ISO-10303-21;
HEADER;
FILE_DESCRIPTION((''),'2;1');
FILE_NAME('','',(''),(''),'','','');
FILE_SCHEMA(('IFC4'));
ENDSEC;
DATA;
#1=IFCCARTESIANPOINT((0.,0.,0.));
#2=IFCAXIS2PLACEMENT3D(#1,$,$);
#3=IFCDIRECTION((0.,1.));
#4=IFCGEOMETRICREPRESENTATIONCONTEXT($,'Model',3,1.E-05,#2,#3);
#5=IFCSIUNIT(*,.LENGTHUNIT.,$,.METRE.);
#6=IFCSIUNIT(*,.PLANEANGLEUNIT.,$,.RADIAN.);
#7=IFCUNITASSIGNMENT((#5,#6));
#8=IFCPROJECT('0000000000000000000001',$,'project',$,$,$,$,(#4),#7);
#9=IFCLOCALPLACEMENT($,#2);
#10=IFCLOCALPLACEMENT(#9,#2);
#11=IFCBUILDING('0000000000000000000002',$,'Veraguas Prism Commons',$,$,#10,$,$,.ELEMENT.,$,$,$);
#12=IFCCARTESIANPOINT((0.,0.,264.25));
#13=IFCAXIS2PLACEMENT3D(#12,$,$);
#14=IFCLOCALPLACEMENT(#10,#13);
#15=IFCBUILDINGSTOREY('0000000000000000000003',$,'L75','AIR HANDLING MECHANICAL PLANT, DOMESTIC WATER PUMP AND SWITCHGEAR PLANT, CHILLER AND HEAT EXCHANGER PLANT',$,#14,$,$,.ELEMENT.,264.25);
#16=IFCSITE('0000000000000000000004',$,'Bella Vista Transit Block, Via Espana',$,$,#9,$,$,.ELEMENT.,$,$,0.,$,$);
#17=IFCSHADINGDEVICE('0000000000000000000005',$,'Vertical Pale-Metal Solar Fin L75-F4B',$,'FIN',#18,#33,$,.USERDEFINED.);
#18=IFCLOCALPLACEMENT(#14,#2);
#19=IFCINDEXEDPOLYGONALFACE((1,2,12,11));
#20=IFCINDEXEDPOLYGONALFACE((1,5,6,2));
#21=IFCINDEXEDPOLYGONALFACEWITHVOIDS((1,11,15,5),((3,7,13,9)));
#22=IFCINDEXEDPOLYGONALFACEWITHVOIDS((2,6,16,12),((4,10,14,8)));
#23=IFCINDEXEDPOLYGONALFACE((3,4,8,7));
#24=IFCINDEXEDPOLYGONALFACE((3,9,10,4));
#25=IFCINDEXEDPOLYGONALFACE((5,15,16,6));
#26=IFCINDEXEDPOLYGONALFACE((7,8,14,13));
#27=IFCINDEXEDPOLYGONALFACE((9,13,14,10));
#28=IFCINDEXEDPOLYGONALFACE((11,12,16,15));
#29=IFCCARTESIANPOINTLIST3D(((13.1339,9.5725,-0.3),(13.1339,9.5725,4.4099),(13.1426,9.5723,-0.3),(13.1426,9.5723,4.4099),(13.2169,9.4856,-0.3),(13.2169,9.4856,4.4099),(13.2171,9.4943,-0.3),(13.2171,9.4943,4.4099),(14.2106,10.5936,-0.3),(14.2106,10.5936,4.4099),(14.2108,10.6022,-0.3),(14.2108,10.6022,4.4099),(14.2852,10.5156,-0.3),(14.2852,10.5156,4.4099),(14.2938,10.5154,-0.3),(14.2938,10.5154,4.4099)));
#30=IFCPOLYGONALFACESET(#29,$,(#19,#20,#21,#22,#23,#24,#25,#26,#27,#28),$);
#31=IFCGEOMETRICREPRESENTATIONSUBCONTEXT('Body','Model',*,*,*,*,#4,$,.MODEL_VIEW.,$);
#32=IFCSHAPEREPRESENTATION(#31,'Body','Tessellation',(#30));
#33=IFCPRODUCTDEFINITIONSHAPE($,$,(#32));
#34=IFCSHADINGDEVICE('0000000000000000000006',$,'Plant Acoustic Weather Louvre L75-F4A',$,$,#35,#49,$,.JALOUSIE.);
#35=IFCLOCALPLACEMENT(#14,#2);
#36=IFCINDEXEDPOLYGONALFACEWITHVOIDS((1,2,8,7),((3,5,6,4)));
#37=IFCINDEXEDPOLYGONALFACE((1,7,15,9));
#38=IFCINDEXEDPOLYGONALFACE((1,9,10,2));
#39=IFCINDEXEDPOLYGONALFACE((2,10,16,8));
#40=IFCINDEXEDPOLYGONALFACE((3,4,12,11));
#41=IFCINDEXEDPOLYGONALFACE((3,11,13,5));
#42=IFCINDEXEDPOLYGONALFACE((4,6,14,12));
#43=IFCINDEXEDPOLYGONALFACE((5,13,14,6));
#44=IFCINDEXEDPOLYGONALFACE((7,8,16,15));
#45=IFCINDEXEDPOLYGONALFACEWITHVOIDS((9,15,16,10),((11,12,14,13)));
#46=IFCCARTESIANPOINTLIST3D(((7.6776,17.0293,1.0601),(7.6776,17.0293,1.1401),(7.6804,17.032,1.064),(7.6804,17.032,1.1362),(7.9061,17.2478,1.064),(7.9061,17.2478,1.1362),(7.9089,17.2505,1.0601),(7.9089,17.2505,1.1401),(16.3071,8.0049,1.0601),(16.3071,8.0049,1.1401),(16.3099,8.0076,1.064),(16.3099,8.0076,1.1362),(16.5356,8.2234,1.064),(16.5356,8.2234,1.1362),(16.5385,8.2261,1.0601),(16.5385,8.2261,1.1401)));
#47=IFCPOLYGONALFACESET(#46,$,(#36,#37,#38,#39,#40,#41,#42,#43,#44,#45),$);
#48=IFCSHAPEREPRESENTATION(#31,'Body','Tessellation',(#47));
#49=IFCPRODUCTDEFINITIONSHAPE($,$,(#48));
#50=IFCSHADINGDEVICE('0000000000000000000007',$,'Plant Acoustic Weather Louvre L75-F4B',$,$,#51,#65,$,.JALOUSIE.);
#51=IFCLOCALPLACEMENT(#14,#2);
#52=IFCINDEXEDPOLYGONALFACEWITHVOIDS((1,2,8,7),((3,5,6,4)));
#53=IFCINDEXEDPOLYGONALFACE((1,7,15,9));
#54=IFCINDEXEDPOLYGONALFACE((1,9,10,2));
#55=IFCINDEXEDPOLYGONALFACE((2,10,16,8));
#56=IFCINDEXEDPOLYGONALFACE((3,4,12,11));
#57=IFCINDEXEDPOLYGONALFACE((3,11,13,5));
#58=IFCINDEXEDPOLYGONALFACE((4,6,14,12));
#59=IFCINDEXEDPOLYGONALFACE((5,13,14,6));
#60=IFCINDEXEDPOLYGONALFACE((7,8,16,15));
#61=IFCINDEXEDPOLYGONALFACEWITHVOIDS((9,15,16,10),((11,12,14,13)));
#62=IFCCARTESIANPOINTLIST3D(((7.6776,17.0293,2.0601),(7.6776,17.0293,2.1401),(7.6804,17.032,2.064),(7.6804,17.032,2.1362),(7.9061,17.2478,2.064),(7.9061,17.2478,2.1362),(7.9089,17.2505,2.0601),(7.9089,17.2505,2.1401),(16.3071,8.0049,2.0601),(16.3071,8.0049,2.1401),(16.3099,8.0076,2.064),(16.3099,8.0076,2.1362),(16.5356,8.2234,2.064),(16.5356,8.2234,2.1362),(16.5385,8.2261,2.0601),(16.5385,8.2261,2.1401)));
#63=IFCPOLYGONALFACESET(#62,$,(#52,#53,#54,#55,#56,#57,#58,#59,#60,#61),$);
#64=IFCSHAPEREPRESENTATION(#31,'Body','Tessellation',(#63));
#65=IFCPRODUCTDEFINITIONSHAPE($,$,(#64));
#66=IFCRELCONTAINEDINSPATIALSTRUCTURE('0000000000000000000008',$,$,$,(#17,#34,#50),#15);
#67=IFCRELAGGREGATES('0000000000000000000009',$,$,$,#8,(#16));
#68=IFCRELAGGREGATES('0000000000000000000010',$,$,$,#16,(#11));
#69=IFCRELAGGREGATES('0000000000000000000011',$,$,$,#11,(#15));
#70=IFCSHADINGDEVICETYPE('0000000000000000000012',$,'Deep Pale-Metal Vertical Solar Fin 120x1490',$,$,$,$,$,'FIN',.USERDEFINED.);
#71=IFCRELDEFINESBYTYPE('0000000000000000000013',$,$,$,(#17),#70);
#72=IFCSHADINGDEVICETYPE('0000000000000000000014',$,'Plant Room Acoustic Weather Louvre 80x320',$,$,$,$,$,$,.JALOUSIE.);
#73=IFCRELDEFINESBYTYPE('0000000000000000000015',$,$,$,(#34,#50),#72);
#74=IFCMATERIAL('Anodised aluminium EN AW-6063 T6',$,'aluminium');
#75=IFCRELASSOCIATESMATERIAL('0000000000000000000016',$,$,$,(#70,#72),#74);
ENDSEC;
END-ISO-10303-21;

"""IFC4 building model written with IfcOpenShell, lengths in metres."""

from ifc_helpers import new_model, si_unit, direction, frame, origin, origin_2d, place, context, subcontext, project, spatial, hollow_rectangle, extrude, material, material_profile, profile_set, type_object, element, save


model = new_model("IFC4")

# Units and contexts
model_context = context("Model", 3, precision=1e-05, world=origin(), true_north=direction((0.0, 1.0)))
body_context = subcontext(model_context, "Body", "Model", "MODEL_VIEW")
ifc_project = project(units=[si_unit("LENGTHUNIT", "METRE"), si_unit("PLANEANGLEUNIT", "RADIAN")], contexts=[model_context])

# Site, building, storey
site_placement = place(None, origin())
site = spatial("IfcSite", under=ifc_project, at=site_placement, Name="Bella Vista Transit Block, Via Espana", CompositionType="ELEMENT", RefElevation=0.0)
building_placement = place(site_placement, origin())
building = spatial("IfcBuilding", under=site, at=building_placement, Name="Veraguas Prism Commons", CompositionType="ELEMENT")
storey_placement = place(building_placement, frame((0.0, 0.0, 264.25)))
storey = spatial("IfcBuildingStorey", under=building, at=storey_placement, Name="L75", Description="AIR HANDLING MECHANICAL PLANT, DOMESTIC WATER PUMP AND SWITCHGEAR PLANT, CHILLER AND HEAT EXCHANGER PLANT", CompositionType="ELEMENT", Elevation=264.25)

# Shared definitions
ifc_material_1 = material(Name="Anodised aluminium EN AW-6063 T6", Category="aluminium")

# Shading devices
ifc_material_profile_1 = material_profile(ifc_material_1, hollow_rectangle(XDim=0.1201, YDim=1.49, WallThickness=0.0061, at=origin_2d()), Name="FIN120X1490X6")
ifc_profile_set_1 = profile_set([ifc_material_profile_1], Name="Anodised aluminium EN AW-6063 T6")
shading_device_type_1 = type_object("IfcShadingDeviceType", Name="Deep Pale-Metal Vertical Solar Fin 120x1490", ElementType="FIN", PredefinedType="USERDEFINED", material=ifc_profile_set_1)
for number, where, z_axis, x_axis, name in (
    (1, (13.7139, 10.0439, -0.3), (0.0, 0.0, 1.0), (0.691133, -0.722727, 0.0), "Vertical Pale-Metal Solar Fin L75-F4B"),
):
    element("IfcShadingDevice", number, at=place(storey_placement, frame(where, z_axis=z_axis, x_axis=x_axis)), inside=storey, type_object=shading_device_type_1, Name=name, ObjectType="FIN", PredefinedType="USERDEFINED", context=body_context, shape_type="SweptSolid", body=[
        extrude(hollow_rectangle(XDim=0.1201, YDim=1.49, WallThickness=0.0061, at=origin_2d()), origin(), (0.0, 0.0, 1.0), 4.71),
    ])
ifc_material_profile_2 = material_profile(ifc_material_1, hollow_rectangle(XDim=0.0801, YDim=0.3201, WallThickness=0.0039, at=origin_2d()), Name="LVR80X320X4")
ifc_profile_set_2 = profile_set([ifc_material_profile_2], Name="Anodised aluminium EN AW-6063 T6")
shading_device_type_2 = type_object("IfcShadingDeviceType", Name="Plant Room Acoustic Weather Louvre 80x320", PredefinedType="JALOUSIE", material=ifc_profile_set_2)
for number, where, z_axis, x_axis, name in (
    (2, (7.7932, 17.1399, 1.1001), (0.691122, -0.722738, 0.0), (0.0, 0.0, 1.0), "Plant Acoustic Weather Louvre L75-F4A"),
    (3, (7.7932, 17.1399, 2.1001), (0.691122, -0.722738, 0.0), (0.0, 0.0, 1.0), "Plant Acoustic Weather Louvre L75-F4B"),
):
    element("IfcShadingDevice", number, at=place(storey_placement, frame(where, z_axis=z_axis, x_axis=x_axis)), inside=storey, type_object=shading_device_type_2, Name=name, PredefinedType="JALOUSIE", context=body_context, shape_type="SweptSolid", body=[
        extrude(hollow_rectangle(XDim=0.0801, YDim=0.3201, WallThickness=0.0039, at=origin_2d()), origin(), (0.0, 0.0, 1.0), 12.4863),
    ])

save(model, "model.ifc")
